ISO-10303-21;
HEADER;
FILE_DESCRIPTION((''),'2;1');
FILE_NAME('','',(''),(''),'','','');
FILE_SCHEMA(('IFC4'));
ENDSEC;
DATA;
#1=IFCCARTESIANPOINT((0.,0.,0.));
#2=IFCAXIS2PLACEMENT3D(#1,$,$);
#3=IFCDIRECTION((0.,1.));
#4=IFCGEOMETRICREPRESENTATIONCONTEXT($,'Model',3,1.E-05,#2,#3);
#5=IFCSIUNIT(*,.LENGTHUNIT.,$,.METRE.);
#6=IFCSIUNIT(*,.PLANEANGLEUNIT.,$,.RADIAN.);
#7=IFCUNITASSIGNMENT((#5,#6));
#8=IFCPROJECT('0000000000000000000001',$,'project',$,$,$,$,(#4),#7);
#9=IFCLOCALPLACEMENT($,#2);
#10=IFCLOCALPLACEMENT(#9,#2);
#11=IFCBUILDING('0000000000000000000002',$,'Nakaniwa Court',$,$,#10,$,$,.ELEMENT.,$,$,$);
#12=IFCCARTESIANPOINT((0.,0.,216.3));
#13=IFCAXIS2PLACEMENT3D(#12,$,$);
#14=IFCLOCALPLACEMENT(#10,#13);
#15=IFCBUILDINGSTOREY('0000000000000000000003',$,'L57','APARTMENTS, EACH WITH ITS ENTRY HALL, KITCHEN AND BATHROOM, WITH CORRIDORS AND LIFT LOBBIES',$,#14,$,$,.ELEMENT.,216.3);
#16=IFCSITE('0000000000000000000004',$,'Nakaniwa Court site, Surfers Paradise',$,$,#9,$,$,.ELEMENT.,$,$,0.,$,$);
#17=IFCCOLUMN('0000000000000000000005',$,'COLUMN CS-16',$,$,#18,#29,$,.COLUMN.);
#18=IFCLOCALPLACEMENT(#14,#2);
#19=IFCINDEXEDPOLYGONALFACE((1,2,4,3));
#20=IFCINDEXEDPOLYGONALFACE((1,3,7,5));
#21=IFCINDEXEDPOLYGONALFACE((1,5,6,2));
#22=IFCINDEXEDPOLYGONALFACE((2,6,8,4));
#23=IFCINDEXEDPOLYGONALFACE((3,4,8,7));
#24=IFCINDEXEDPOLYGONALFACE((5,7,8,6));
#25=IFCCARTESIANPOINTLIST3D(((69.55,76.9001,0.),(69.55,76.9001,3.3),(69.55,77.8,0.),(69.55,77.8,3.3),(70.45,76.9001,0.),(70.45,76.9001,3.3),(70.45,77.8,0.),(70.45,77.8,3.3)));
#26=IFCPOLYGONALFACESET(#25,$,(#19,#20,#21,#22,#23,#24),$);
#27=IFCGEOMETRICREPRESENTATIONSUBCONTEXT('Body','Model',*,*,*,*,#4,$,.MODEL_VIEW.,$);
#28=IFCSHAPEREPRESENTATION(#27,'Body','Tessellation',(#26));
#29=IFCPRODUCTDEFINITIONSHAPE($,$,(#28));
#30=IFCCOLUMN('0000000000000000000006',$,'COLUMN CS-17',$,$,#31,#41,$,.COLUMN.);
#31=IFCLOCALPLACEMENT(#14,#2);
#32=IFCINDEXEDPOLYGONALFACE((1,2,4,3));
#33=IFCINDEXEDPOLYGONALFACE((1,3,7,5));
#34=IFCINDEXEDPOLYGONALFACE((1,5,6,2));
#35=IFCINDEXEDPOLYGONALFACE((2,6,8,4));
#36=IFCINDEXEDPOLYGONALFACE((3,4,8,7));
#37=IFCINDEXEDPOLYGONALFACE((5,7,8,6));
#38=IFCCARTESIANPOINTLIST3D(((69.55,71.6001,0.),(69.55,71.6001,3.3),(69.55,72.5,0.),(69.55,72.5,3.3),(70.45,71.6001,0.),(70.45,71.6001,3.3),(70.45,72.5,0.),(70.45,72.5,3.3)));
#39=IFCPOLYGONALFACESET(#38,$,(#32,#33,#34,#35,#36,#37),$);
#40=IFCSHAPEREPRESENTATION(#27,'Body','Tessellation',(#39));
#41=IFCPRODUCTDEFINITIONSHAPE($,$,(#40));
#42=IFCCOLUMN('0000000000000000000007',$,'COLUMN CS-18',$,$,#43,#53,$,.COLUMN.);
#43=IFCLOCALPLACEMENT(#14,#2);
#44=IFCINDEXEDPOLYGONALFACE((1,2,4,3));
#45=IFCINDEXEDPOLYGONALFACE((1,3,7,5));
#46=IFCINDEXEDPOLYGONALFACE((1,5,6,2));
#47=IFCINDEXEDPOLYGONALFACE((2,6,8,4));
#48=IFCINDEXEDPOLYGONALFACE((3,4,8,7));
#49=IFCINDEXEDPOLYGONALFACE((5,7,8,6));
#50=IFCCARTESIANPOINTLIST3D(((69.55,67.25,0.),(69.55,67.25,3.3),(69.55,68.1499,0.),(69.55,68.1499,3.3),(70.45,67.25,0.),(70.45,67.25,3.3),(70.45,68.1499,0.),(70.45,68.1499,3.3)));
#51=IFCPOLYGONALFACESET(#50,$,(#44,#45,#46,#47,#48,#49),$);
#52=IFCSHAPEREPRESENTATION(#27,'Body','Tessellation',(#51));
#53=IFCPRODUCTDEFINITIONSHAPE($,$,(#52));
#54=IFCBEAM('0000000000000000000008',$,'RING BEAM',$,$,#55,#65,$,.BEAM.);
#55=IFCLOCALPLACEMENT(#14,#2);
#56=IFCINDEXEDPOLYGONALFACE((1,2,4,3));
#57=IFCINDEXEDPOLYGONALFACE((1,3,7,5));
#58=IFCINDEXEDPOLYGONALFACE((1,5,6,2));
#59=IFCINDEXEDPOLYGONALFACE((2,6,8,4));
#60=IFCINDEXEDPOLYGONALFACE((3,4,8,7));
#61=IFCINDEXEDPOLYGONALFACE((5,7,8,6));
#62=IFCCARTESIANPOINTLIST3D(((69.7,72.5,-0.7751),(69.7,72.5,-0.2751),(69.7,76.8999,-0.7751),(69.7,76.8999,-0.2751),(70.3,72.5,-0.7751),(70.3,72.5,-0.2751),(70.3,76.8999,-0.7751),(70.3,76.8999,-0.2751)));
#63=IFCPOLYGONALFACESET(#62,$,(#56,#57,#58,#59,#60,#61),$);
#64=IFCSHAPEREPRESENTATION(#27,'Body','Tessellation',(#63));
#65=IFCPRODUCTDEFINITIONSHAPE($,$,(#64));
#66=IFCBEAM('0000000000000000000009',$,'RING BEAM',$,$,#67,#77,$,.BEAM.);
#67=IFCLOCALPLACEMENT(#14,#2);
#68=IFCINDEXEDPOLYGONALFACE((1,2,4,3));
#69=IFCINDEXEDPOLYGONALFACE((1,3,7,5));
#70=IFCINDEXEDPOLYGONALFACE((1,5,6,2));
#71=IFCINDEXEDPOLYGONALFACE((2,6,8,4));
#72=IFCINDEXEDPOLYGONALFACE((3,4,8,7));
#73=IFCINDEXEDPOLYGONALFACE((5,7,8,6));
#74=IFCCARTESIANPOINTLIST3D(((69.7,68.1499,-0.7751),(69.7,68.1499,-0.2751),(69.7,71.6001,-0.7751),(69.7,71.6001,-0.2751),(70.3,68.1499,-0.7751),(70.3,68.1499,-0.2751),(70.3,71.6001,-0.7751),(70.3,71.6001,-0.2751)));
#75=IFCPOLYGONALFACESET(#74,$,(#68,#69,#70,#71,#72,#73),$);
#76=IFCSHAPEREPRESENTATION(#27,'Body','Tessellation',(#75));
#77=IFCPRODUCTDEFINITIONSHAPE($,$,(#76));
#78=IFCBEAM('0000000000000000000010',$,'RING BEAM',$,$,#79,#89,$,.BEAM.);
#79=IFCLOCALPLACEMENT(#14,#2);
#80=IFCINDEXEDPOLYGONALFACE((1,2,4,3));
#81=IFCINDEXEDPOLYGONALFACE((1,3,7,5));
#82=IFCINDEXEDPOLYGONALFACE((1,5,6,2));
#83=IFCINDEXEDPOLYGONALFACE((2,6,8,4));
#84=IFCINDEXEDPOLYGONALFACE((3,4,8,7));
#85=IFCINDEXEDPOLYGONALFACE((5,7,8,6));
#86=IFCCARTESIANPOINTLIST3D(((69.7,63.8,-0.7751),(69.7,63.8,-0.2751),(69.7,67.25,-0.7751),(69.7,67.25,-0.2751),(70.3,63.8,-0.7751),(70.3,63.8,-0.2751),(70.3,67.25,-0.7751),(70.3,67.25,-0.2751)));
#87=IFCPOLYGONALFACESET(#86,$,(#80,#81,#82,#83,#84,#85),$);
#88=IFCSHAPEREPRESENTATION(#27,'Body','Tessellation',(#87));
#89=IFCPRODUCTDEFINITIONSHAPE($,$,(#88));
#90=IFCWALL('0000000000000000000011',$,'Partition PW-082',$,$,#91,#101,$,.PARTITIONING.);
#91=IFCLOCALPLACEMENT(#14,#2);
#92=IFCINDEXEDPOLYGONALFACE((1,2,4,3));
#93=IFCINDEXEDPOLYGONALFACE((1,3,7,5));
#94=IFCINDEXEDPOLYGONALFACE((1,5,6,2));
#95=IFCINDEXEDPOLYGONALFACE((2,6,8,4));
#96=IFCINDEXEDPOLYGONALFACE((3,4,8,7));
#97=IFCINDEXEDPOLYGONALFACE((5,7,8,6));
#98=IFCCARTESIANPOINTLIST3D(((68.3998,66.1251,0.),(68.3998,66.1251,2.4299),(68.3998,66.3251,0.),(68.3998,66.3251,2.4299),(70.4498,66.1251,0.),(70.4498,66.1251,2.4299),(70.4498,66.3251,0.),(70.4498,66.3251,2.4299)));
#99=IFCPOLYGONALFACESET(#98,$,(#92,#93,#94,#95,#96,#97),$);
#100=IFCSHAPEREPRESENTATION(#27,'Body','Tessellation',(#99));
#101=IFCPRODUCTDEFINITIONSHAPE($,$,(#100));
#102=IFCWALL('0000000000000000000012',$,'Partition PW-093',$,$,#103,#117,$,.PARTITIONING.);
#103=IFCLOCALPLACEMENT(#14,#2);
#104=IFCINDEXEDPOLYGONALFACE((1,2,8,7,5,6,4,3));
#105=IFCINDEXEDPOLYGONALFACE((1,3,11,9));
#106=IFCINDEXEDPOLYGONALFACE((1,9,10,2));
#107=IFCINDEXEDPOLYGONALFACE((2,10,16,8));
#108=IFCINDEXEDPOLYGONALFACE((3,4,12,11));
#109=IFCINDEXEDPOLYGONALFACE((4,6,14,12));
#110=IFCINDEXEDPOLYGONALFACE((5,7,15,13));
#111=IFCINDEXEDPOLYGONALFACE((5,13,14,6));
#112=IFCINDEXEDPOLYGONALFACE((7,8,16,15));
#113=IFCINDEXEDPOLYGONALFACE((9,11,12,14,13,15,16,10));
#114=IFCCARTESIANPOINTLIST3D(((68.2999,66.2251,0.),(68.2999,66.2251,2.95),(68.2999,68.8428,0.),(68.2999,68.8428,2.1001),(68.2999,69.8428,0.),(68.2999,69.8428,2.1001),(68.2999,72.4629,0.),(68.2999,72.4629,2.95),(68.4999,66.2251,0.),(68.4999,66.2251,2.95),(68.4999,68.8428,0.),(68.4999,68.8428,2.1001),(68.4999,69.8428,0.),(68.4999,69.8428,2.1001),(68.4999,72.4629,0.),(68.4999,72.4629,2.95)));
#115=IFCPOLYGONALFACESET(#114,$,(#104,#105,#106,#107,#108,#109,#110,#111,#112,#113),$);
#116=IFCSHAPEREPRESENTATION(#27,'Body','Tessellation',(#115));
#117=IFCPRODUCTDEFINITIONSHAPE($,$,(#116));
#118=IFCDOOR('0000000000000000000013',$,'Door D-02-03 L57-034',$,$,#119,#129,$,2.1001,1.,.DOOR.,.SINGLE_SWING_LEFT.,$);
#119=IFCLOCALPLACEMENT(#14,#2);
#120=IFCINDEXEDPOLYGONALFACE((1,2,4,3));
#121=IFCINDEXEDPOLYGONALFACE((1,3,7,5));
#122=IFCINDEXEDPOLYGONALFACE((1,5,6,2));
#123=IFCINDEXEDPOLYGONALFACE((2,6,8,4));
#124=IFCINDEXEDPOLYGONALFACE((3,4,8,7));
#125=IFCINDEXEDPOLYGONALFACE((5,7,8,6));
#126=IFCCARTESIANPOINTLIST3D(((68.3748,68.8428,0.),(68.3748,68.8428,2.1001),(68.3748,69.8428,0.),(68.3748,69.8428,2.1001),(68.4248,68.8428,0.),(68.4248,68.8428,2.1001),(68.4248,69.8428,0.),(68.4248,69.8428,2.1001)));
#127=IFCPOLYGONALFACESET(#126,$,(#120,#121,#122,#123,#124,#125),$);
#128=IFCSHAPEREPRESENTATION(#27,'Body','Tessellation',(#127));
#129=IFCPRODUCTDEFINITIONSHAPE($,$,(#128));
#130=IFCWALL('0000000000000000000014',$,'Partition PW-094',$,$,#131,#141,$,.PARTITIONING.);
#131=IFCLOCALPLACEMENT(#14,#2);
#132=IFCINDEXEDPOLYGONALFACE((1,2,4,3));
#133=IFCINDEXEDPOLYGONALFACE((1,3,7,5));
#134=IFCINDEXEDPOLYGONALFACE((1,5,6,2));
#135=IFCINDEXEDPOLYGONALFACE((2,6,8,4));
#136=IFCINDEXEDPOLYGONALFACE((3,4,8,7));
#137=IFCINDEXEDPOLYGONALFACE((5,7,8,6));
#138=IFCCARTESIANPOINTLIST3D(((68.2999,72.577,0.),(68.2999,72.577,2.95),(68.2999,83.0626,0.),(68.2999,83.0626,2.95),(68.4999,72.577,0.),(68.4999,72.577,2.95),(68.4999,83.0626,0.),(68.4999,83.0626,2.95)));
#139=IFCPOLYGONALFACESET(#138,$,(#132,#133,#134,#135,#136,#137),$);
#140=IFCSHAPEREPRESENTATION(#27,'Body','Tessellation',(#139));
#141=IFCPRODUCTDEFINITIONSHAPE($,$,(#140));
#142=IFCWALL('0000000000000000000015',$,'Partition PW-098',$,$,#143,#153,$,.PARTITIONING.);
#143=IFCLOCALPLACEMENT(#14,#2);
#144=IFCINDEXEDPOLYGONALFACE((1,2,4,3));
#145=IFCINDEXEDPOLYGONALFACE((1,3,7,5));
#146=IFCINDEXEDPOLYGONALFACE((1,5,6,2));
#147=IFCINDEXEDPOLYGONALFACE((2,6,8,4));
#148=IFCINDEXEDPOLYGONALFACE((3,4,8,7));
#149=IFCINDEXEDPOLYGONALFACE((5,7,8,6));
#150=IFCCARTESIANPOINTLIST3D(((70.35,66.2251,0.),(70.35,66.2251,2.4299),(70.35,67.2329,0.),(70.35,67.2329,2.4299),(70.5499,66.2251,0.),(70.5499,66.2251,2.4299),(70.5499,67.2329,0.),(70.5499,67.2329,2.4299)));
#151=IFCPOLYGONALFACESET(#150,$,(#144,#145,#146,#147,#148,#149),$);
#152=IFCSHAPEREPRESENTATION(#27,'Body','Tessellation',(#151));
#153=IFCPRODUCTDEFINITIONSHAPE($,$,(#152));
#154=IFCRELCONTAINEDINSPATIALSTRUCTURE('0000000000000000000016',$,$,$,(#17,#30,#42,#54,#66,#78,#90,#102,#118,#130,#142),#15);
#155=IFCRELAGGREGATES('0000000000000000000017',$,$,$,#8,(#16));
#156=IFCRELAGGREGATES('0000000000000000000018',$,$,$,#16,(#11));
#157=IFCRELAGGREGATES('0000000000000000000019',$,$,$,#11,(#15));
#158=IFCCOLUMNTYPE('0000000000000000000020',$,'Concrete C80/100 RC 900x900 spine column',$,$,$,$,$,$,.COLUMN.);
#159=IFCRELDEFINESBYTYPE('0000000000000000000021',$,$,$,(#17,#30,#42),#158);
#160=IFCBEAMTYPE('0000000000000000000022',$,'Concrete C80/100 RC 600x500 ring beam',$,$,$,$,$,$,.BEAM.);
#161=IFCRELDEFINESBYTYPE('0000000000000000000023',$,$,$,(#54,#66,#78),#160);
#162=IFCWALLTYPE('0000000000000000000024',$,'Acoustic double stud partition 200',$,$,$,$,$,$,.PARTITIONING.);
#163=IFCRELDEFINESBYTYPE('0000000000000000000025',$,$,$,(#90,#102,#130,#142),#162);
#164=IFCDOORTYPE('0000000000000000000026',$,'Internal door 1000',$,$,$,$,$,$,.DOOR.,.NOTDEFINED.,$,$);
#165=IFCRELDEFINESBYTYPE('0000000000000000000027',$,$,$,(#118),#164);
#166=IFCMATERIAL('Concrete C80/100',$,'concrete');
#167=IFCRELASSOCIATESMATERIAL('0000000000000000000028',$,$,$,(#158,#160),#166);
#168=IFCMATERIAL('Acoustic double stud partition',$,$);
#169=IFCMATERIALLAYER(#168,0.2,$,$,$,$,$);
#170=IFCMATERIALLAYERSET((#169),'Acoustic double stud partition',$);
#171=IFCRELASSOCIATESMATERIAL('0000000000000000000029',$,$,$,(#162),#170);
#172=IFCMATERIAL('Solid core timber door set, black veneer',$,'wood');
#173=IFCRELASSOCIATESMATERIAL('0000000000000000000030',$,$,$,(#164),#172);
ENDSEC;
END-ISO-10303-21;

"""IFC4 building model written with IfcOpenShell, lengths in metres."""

from ifc_helpers import new_model, si_unit, direction, frame, frame_2d, origin, origin_2d, place, context, subcontext, project, spatial, rectangle, extrude, material, layer, layer_set, material_profile, profile_set, type_object, element, fill, save


model = new_model("IFC4")

# Units and contexts
model_context = context("Model", 3, precision=1e-05, world=origin(), true_north=direction((0.0, 1.0)))
body_context = subcontext(model_context, "Body", "Model", "MODEL_VIEW")
ifc_project = project(units=[si_unit("LENGTHUNIT", "METRE"), si_unit("PLANEANGLEUNIT", "RADIAN")], contexts=[model_context])

# Site, building, storey
site_placement = place(None, origin())
site = spatial("IfcSite", under=ifc_project, at=site_placement, Name="Nakaniwa Court site, Surfers Paradise", CompositionType="ELEMENT", RefElevation=0.0)
building_placement = place(site_placement, origin())
building = spatial("IfcBuilding", under=site, at=building_placement, Name="Nakaniwa Court", CompositionType="ELEMENT")
storey_placement = place(building_placement, frame((0.0, 0.0, 216.3)))
storey = spatial("IfcBuildingStorey", under=building, at=storey_placement, Name="L57", Description="APARTMENTS, EACH WITH ITS ENTRY HALL, KITCHEN AND BATHROOM, WITH CORRIDORS AND LIFT LOBBIES", CompositionType="ELEMENT", Elevation=216.3)

# Columns
ifc_material_1 = material(Name="Concrete C80/100", Category="concrete")
ifc_material_profile_1 = material_profile(ifc_material_1, rectangle(XDim=0.8999, YDim=0.8999, at=origin_2d()), Name="Concrete C80/100 RC 900x900 spine column")
ifc_profile_set_1 = profile_set([ifc_material_profile_1], Name="Concrete C80/100")
column_type = type_object("IfcColumnType", Name="Concrete C80/100 RC 900x900 spine column", PredefinedType="COLUMN", material=ifc_profile_set_1)
for number, where, z_axis, x_axis, name in (
    (1, (70.0, 77.3501, 0.0), (0.0, 0.0, 1.0), (0.0, -1.0, 0.0), "COLUMN CS-16"),
    (2, (70.0, 72.05, 0.0), (0.0, 0.0, 1.0), (0.0, -1.0, 0.0), "COLUMN CS-17"),
    (3, (70.0, 67.7, 0.0), (0.0, 0.0, 1.0), (0.0, -1.0, 0.0), "COLUMN CS-18"),
):
    element("IfcColumn", number, at=place(storey_placement, frame(where, z_axis=z_axis, x_axis=x_axis)), inside=storey, type_object=column_type, Name=name, PredefinedType="COLUMN", context=body_context, shape_type="SweptSolid", body=[
        extrude(rectangle(XDim=0.8999, YDim=0.8999, at=origin_2d()), origin(), (0.0, 0.0, 1.0), 3.3),
    ])

# Beams
ifc_material_profile_2 = material_profile(ifc_material_1, rectangle(XDim=0.6001, YDim=0.5, at=origin_2d()), Name="Concrete C80/100 RC 600x500 ring beam")
ifc_profile_set_2 = profile_set([ifc_material_profile_2], Name="Concrete C80/100")
beam_type = type_object("IfcBeamType", Name="Concrete C80/100 RC 600x500 ring beam", PredefinedType="BEAM", material=ifc_profile_set_2)
beam_1_placement = place(storey_placement, frame((70.0, 76.8999, -0.5251), z_axis=(0.0, -1.0, 0.0), x_axis=(1.0, 0.0, 0.0)))
element("IfcBeam", 4, at=beam_1_placement, inside=storey, type_object=beam_type, Name="RING BEAM", PredefinedType="BEAM", context=body_context, shape_type="SweptSolid", body=[
    extrude(rectangle(XDim=0.6001, YDim=0.5, at=origin_2d()), origin(), (0.0, 0.0, 1.0), 4.3999),
])
beam_2_placement = place(storey_placement, frame((70.0, 71.6001, -0.5251), z_axis=(0.0, -1.0, 0.0), x_axis=(1.0, 0.0, 0.0)))
element("IfcBeam", 5, at=beam_2_placement, inside=storey, type_object=beam_type, Name="RING BEAM", PredefinedType="BEAM", context=body_context, shape_type="SweptSolid", body=[
    extrude(rectangle(XDim=0.6001, YDim=0.5, at=origin_2d()), origin(), (0.0, 0.0, 1.0), 3.4502),
])
beam_3_placement = place(storey_placement, frame((70.0, 67.25, -0.5251), z_axis=(0.0, -1.0, 0.0), x_axis=(1.0, 0.0, 0.0)))
element("IfcBeam", 6, at=beam_3_placement, inside=storey, type_object=beam_type, Name="RING BEAM", PredefinedType="BEAM", context=body_context, shape_type="SweptSolid", body=[
    extrude(rectangle(XDim=0.6001, YDim=0.5, at=origin_2d()), origin(), (0.0, 0.0, 1.0), 3.45),
])

# Wall
ifc_material_2 = material(Name="Acoustic double stud partition")
ifc_layer_1 = layer(ifc_material_2, 0.2)
ifc_layer_set_1 = layer_set([ifc_layer_1], Name="Acoustic double stud partition")
wall_type_1 = type_object("IfcWallType", Name="Acoustic double stud partition 200", PredefinedType="PARTITIONING", material=ifc_layer_set_1)
wall_1_placement = place(storey_placement, frame((68.3999, 66.2251, 0.0), z_axis=(0.0, 0.0, 1.0), x_axis=(1.0, 0.0, 0.0)))
element("IfcWall", 7, at=wall_1_placement, inside=storey, type_object=wall_type_1, Name="Partition PW-082", PredefinedType="PARTITIONING", context=body_context, shape_type="SweptSolid", body=[
    extrude(rectangle(XDim=2.05, YDim=0.2, at=frame_2d((1.0249, 0.0))), origin(), (0.0, 0.0, 1.0), 2.4299),
])

# Wall, opening, door
wall_2_placement = place(storey_placement, frame((68.3999, 72.4629, 0.0), z_axis=(0.0, 0.0, 1.0), x_axis=(0.0, -1.0, 0.0)))
wall_2 = element("IfcWall", 8, at=wall_2_placement, inside=storey, type_object=wall_type_1, Name="Partition PW-093", PredefinedType="PARTITIONING", context=body_context, shape_type="SweptSolid", body=[
    extrude(rectangle(XDim=6.2378, YDim=0.2, at=frame_2d((3.1189, 0.0))), origin(), (0.0, 0.0, 1.0), 2.95),
])
opening_1_placement = place(wall_2_placement, frame((2.6201, 0.0, 0.0)))
opening_1 = element("IfcOpeningElement", 9, at=opening_1_placement, cuts=wall_2, PredefinedType="OPENING", context=body_context, shape_type="SweptSolid", body=[
    extrude(rectangle(XDim=1.0, YDim=2.1001, at=frame_2d((0.5, 1.05))), frame((0.0, 0.1099, 0.0), z_axis=(0.0, -1.0, 0.0), x_axis=(1.0, 0.0, 0.0)), (0.0, 0.0, 1.0), 0.22),
])
ifc_material_3 = material(Name="Solid core timber door set, black veneer", Category="wood")
door_type_1 = type_object("IfcDoorType", Name="Internal door 1000", OperationType="NOTDEFINED", PredefinedType="DOOR", material=ifc_material_3)
door_1_placement = place(opening_1_placement, origin())
door_1 = element("IfcDoor", 10, at=door_1_placement, inside=storey, type_object=door_type_1, Name="Door D-02-03 L57-034", OperationType="SINGLE_SWING_LEFT", OverallHeight=2.1001, OverallWidth=1.0, PredefinedType="DOOR", context=body_context, shape_type="SweptSolid", body=[
    extrude(rectangle(XDim=1.0, YDim=2.1001, at=frame_2d((0.5, 1.05))), frame((0.0, 0.0249, 0.0), z_axis=(0.0, -1.0, 0.0), x_axis=(1.0, 0.0, 0.0)), (0.0, 0.0, 1.0), 0.05),
])
fill(opening_1, door_1)

# Walls
wall_3_placement = place(storey_placement, frame((68.3999, 72.5771, 0.0), z_axis=(0.0, 0.0, 1.0), x_axis=(0.0, 1.0, 0.0)))
element("IfcWall", 11, at=wall_3_placement, inside=storey, type_object=wall_type_1, Name="Partition PW-094", PredefinedType="PARTITIONING", context=body_context, shape_type="SweptSolid", body=[
    extrude(rectangle(XDim=10.4856, YDim=0.2, at=frame_2d((5.2427, 0.0))), origin(), (0.0, 0.0, 1.0), 2.95),
])
wall_4_placement = place(storey_placement, frame((70.45, 66.2251, 0.0), z_axis=(0.0, 0.0, 1.0), x_axis=(0.0, 1.0, 0.0)))
element("IfcWall", 12, at=wall_4_placement, inside=storey, type_object=wall_type_1, Name="Partition PW-098", PredefinedType="PARTITIONING", context=body_context, shape_type="SweptSolid", body=[
    extrude(rectangle(XDim=1.0078, YDim=0.2, at=frame_2d((0.5039, 0.0))), origin(), (0.0, 0.0, 1.0), 2.4299),
])

save(model, "model.ifc")
